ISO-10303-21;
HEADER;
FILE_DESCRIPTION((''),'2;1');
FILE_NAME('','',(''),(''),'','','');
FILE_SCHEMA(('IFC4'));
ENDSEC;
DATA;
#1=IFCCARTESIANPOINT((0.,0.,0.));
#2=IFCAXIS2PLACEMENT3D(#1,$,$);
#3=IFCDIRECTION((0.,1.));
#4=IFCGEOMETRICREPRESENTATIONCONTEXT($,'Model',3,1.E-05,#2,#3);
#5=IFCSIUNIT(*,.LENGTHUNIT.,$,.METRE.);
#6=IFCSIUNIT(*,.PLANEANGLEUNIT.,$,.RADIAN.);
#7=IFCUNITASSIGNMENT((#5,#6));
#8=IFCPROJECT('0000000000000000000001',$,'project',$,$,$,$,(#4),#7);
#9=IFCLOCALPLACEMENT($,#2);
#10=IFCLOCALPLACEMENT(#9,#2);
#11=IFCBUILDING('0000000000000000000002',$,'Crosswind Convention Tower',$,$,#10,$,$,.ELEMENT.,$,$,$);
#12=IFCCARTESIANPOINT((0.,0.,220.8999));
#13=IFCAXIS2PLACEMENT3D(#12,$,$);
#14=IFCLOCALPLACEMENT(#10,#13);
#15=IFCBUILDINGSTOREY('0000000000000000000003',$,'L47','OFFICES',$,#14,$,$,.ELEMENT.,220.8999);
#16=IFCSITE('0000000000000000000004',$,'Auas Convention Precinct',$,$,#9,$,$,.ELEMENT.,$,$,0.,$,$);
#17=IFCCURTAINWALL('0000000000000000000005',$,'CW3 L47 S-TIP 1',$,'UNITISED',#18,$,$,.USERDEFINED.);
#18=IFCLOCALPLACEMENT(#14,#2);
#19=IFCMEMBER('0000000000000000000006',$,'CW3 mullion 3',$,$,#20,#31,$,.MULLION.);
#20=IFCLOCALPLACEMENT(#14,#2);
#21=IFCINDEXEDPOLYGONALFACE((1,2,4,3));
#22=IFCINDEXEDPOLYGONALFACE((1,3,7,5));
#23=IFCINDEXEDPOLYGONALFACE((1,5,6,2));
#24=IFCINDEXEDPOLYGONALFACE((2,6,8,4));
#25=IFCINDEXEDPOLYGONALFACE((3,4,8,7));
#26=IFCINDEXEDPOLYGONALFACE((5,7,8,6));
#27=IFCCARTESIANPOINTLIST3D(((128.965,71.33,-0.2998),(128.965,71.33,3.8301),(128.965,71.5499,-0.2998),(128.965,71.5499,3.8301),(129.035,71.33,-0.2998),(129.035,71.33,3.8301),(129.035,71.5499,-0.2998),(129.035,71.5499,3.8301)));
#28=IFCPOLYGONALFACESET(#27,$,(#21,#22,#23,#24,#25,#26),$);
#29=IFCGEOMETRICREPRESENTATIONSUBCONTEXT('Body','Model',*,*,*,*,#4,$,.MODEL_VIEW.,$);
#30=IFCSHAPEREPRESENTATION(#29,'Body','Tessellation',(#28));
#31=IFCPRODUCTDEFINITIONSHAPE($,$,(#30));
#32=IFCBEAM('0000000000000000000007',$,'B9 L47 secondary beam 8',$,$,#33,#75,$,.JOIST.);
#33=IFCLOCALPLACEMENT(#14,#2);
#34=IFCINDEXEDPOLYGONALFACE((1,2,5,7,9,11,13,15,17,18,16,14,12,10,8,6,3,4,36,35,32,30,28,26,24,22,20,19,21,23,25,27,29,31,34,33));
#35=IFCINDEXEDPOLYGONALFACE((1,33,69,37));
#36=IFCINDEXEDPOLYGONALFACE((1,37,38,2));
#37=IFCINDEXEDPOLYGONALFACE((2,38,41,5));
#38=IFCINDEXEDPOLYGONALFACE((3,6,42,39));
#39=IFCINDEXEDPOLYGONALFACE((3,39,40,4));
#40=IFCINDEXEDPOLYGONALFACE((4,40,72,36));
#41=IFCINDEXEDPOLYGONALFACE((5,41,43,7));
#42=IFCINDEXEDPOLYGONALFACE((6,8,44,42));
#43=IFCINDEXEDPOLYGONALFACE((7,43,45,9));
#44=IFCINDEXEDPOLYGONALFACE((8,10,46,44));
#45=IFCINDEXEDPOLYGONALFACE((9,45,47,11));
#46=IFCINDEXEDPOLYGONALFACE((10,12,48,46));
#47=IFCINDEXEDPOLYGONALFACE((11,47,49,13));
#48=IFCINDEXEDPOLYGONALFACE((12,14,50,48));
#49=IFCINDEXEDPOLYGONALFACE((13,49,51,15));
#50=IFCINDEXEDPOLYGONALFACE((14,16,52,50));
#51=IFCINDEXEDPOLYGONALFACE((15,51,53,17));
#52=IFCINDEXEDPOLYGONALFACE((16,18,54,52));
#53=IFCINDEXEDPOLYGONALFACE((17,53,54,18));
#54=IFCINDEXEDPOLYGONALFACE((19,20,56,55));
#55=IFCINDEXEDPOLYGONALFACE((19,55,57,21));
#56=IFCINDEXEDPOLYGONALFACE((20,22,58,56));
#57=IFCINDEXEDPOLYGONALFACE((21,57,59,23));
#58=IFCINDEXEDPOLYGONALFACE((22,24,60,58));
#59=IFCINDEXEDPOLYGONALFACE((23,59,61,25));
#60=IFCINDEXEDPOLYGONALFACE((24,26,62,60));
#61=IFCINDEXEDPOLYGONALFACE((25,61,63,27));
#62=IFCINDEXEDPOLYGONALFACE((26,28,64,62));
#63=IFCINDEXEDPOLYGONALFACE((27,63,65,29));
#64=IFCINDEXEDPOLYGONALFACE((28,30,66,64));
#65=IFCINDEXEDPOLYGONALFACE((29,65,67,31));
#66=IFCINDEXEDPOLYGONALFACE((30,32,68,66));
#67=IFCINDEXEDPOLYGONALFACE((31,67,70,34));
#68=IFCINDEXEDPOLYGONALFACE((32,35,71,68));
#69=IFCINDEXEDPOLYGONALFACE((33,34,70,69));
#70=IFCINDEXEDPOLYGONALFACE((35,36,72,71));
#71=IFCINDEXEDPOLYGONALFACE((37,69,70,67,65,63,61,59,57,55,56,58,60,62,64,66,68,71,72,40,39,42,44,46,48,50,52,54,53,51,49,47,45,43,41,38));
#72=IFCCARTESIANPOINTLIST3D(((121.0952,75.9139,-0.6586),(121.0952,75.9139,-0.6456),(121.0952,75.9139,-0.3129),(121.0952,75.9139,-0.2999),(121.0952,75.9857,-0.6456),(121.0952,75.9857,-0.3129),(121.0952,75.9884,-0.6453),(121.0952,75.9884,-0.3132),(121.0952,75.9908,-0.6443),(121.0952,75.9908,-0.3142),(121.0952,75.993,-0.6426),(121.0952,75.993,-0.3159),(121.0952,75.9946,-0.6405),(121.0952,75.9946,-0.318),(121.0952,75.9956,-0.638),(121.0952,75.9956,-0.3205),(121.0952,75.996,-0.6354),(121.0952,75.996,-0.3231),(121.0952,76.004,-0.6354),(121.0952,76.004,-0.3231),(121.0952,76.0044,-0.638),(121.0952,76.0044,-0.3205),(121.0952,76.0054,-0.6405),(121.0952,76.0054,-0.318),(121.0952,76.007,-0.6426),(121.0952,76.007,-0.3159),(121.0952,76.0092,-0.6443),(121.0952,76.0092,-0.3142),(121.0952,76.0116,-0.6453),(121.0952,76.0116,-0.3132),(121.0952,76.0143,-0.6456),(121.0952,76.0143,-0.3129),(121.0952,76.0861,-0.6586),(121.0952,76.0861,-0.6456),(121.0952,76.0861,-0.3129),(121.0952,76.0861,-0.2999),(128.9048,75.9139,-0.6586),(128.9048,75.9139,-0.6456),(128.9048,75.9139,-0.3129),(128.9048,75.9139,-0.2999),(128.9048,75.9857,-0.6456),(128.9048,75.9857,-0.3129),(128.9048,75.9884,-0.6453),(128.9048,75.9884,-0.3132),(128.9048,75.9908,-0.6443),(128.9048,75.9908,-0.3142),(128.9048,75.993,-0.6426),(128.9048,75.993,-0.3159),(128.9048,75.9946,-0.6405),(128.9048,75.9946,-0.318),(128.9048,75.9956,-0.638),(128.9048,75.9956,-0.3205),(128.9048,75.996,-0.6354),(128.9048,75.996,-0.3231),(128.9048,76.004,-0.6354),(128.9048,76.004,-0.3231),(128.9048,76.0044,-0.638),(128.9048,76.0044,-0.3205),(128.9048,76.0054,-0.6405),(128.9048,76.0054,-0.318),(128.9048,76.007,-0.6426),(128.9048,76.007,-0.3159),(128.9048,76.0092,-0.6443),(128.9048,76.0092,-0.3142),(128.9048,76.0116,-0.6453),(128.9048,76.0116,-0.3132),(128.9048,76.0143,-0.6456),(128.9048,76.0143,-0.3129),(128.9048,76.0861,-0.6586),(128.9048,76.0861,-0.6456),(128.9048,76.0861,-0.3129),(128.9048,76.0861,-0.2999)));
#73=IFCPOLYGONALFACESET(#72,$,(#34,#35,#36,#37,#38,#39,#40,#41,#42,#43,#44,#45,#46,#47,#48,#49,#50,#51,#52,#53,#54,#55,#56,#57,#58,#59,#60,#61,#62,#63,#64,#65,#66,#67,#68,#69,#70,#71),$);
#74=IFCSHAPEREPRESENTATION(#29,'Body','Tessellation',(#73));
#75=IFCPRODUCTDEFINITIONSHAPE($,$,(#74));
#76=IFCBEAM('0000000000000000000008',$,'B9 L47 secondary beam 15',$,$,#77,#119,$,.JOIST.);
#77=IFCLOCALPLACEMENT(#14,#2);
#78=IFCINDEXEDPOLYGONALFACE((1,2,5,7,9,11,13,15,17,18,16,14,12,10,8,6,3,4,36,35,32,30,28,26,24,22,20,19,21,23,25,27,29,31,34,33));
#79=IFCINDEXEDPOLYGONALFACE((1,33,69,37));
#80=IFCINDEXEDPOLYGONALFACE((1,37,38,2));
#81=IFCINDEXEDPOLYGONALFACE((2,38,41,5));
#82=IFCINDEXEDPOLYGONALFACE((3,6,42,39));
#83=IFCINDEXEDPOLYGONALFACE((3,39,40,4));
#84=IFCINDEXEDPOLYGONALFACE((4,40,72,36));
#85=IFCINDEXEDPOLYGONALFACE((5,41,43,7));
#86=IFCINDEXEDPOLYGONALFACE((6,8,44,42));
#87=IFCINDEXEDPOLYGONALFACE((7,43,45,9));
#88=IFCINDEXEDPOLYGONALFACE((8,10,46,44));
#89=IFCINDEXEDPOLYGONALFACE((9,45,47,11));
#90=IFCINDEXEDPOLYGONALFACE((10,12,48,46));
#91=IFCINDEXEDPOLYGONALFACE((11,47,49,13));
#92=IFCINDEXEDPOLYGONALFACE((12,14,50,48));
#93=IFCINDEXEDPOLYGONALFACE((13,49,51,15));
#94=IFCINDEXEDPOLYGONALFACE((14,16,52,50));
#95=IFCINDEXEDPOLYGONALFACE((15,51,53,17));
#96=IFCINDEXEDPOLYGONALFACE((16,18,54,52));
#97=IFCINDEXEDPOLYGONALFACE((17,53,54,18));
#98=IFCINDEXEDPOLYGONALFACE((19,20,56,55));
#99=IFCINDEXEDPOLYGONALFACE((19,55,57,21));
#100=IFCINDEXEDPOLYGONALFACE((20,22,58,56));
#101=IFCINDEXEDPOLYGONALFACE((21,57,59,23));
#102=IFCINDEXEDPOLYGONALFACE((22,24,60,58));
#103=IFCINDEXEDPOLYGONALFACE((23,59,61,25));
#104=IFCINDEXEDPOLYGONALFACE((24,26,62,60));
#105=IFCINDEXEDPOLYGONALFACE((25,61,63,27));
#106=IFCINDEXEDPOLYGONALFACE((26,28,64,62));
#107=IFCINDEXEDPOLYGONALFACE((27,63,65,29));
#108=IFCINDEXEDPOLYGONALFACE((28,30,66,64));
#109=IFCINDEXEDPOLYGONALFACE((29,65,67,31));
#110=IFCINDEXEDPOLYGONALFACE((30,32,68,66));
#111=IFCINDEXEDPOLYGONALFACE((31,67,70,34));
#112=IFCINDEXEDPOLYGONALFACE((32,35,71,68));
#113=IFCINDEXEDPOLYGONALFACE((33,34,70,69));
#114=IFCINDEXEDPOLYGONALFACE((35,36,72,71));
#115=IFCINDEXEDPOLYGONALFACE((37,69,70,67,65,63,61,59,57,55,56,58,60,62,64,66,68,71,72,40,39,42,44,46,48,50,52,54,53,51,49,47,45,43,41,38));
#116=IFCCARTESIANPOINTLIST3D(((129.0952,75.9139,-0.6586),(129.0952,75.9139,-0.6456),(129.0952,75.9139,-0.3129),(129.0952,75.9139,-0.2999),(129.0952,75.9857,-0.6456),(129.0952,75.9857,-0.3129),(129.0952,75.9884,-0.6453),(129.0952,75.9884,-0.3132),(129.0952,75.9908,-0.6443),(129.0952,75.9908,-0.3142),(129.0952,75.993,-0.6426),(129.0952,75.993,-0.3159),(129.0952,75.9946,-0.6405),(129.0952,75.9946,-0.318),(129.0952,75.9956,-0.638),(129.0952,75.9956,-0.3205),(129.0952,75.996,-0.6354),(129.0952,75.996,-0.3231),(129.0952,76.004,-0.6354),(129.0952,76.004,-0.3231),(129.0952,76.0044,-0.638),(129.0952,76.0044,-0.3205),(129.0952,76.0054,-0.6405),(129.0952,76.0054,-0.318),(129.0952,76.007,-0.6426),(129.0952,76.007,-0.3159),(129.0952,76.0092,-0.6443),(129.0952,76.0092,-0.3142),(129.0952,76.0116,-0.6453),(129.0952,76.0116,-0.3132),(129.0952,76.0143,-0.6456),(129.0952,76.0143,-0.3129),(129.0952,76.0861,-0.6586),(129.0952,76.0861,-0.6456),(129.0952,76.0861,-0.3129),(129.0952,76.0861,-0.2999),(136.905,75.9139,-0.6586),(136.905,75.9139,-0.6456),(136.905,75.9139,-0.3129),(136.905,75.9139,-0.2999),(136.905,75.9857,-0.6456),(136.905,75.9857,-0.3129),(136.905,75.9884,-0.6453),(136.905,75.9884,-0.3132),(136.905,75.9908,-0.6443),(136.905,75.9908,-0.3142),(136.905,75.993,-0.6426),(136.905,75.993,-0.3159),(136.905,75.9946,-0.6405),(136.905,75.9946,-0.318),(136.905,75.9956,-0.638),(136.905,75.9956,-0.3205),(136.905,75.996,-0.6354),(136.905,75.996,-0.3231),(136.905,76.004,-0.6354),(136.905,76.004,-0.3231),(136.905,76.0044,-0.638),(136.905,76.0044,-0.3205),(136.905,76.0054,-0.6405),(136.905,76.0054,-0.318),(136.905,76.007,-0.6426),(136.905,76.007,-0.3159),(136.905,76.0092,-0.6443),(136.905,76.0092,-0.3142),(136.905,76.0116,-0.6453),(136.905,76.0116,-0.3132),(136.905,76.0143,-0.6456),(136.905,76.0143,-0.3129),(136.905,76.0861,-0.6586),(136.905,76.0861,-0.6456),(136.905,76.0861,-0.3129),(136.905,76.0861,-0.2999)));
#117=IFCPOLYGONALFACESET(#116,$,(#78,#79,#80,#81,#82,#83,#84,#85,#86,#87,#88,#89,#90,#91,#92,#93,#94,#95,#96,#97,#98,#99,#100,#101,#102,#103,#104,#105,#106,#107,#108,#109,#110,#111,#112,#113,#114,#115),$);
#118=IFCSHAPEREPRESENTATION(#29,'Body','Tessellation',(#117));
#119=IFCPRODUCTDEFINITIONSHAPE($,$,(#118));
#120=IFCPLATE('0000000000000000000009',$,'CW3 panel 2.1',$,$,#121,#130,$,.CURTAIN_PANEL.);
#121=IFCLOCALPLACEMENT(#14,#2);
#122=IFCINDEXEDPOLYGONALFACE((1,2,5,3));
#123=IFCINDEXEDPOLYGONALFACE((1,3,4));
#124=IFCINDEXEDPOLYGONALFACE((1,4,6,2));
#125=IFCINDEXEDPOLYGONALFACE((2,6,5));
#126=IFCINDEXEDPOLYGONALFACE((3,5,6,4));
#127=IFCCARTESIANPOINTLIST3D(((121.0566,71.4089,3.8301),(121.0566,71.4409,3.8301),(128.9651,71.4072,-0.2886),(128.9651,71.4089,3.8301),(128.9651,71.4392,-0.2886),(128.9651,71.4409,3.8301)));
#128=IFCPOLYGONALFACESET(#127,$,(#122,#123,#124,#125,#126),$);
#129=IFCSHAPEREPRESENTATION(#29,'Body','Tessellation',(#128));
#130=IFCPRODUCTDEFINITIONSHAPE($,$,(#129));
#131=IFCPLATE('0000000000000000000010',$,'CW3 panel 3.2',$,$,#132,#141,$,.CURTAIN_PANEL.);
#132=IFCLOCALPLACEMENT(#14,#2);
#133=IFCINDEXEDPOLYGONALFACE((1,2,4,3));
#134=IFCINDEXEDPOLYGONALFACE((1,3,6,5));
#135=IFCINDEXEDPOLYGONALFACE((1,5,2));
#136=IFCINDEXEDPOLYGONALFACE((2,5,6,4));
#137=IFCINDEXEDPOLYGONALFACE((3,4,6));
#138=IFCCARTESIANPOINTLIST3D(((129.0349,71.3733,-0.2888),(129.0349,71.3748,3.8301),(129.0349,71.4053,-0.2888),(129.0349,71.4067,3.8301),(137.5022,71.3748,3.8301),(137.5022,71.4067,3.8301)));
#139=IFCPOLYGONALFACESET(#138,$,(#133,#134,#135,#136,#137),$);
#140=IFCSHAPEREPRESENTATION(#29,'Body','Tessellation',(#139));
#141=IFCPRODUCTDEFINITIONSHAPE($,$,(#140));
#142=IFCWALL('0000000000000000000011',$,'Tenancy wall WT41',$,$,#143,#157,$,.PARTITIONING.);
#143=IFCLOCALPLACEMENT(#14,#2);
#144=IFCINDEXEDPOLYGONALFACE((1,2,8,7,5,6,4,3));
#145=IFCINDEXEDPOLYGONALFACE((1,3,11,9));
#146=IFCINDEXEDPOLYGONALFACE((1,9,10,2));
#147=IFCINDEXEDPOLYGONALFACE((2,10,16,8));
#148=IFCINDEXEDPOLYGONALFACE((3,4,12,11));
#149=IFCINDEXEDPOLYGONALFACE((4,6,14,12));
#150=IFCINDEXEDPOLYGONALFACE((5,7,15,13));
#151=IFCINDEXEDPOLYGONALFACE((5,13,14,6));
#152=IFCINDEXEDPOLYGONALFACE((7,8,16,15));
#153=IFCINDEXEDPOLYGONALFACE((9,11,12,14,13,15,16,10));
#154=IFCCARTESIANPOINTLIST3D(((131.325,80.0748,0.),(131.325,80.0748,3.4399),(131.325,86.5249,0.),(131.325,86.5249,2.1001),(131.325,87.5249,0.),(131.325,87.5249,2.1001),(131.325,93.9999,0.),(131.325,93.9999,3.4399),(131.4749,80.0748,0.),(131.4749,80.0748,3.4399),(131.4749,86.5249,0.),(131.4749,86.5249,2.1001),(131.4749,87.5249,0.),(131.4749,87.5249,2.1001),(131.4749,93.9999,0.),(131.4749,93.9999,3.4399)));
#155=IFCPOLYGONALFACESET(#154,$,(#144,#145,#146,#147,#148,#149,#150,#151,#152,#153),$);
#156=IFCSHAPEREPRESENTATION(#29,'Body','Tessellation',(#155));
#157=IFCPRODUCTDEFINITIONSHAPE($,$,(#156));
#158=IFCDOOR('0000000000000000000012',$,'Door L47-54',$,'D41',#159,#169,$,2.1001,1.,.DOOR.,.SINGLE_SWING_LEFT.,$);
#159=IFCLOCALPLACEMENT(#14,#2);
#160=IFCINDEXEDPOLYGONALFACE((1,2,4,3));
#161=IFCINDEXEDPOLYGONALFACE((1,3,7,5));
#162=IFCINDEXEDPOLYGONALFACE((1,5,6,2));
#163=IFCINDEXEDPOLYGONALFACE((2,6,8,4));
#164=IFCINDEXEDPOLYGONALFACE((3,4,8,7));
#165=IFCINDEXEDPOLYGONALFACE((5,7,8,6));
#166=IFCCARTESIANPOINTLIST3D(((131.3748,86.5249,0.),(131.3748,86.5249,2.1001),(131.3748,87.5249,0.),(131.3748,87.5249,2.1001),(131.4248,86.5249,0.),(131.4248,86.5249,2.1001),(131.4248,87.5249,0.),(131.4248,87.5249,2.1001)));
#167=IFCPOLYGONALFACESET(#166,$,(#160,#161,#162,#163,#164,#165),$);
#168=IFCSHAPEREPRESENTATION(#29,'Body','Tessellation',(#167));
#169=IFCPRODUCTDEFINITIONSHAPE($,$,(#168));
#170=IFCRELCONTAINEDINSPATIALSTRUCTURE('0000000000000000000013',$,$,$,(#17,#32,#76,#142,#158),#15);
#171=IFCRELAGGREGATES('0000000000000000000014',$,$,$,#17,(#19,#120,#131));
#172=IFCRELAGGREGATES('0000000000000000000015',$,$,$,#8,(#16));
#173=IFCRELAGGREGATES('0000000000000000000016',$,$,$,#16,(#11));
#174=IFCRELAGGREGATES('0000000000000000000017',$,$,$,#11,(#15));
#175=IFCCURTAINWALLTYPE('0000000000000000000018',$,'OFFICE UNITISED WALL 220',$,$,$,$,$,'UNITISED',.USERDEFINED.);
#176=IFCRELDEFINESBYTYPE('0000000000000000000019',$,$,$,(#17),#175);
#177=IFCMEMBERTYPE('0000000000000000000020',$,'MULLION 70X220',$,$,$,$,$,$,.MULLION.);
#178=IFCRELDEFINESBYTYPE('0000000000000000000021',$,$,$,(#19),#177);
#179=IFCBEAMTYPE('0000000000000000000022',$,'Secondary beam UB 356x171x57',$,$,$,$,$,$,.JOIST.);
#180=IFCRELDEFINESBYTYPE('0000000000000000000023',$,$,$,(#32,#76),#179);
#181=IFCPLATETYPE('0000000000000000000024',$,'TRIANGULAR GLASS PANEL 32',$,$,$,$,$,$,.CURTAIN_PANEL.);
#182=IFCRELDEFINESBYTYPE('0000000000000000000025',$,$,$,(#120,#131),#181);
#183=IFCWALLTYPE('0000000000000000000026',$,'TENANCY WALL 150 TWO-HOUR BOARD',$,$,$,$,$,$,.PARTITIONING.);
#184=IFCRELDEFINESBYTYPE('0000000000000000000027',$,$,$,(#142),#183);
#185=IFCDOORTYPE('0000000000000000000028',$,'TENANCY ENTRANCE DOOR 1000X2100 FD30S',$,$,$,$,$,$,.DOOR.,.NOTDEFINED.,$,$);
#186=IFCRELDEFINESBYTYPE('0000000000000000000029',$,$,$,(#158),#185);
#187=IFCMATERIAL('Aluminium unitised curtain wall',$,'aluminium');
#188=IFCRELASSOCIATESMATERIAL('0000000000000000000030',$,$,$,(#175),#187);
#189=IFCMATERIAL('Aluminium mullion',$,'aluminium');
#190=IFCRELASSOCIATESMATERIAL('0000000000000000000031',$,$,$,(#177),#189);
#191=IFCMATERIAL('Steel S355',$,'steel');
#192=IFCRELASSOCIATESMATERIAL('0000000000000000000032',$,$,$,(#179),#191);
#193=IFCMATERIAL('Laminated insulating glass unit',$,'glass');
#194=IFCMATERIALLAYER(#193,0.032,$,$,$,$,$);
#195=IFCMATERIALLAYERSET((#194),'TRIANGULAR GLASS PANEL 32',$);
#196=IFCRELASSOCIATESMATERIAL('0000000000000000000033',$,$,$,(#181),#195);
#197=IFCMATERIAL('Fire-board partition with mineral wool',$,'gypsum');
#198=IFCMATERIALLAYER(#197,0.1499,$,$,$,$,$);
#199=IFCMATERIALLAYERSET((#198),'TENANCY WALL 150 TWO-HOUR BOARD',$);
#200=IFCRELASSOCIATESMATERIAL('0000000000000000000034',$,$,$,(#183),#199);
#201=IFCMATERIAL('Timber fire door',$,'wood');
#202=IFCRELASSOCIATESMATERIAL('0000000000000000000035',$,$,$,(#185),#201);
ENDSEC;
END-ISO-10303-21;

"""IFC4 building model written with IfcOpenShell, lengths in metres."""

from ifc_helpers import new_model, si_unit, direction, frame, frame_2d, origin, origin_2d, place, context, subcontext, project, spatial, polyline, rectangle, i_section, outline, extrude, material, layer, layer_set, material_profile, profile_set, type_object, element, fill, aggregate, save


model = new_model("IFC4")

# Units and contexts
model_context = context("Model", 3, precision=1e-05, world=origin(), true_north=direction((0.0, 1.0)))
body_context = subcontext(model_context, "Body", "Model", "MODEL_VIEW")
ifc_project = project(units=[si_unit("LENGTHUNIT", "METRE"), si_unit("PLANEANGLEUNIT", "RADIAN")], contexts=[model_context])

# Site, building, storey
site_placement = place(None, origin())
site = spatial("IfcSite", under=ifc_project, at=site_placement, Name="Auas Convention Precinct", CompositionType="ELEMENT", RefElevation=0.0)
building_placement = place(site_placement, origin())
building = spatial("IfcBuilding", under=site, at=building_placement, Name="Crosswind Convention Tower", CompositionType="ELEMENT")
storey_placement = place(building_placement, frame((0.0, 0.0, 220.8999)))
storey = spatial("IfcBuildingStorey", under=building, at=storey_placement, Name="L47", Description="OFFICES", CompositionType="ELEMENT", Elevation=220.8999)

# Shared definitions
ifc_material_1 = material(Name="Steel S355", Category="steel")

# Curtain wall, member
ifc_material_2 = material(Name="Aluminium unitised curtain wall", Category="aluminium")
curtain_wall_type = type_object("IfcCurtainWallType", Name="OFFICE UNITISED WALL 220", ElementType="UNITISED", PredefinedType="USERDEFINED", material=ifc_material_2)
curtain_wall_placement = place(storey_placement, origin())
curtain_wall = element("IfcCurtainWall", 1, at=curtain_wall_placement, inside=storey, type_object=curtain_wall_type, Name="CW3 L47 S-TIP 1", ObjectType="UNITISED", PredefinedType="USERDEFINED")
ifc_material_3 = material(Name="Aluminium mullion", Category="aluminium")
ifc_material_profile_1 = material_profile(ifc_material_3, rectangle(XDim=0.22, YDim=0.0701, at=origin_2d()), Name="AL 220X70")
ifc_profile_set_1 = profile_set([ifc_material_profile_1], Name="Aluminium mullion")
member_type = type_object("IfcMemberType", Name="MULLION 70X220", PredefinedType="MULLION", material=ifc_profile_set_1)
member_placement = place(storey_placement, frame((129.0, 71.4399, -0.2998), z_axis=(0.0, 0.0, 1.0), x_axis=(0.0, -1.0, 0.0)))
member = element("IfcMember", 2, at=member_placement, type_object=member_type, Name="CW3 mullion 3", PredefinedType="MULLION", context=body_context, shape_type="SweptSolid", body=[
    extrude(rectangle(XDim=0.22, YDim=0.0701, at=origin_2d()), origin(), (0.0, 0.0, 1.0), 4.1299),
])

# Beams
ifc_material_profile_2 = material_profile(ifc_material_1, i_section(OverallWidth=0.1721, OverallDepth=0.3586, WebThickness=0.0081, FlangeThickness=0.0129, FilletRadius=0.0103, at=origin_2d()), Name="UB 356x171x57")
ifc_profile_set_2 = profile_set([ifc_material_profile_2], Name="Steel S355")
beam_type_1 = type_object("IfcBeamType", Name="Secondary beam UB 356x171x57", PredefinedType="JOIST", material=ifc_profile_set_2)
beam_1_placement = place(storey_placement, frame((121.0952, 76.0, -0.4792), z_axis=(1.0, 0.0, 0.0), x_axis=(0.0, 1.0, 0.0)))
element("IfcBeam", 3, at=beam_1_placement, inside=storey, type_object=beam_type_1, Name="B9 L47 secondary beam 8", PredefinedType="JOIST", context=body_context, shape_type="SweptSolid", body=[
    extrude(i_section(OverallWidth=0.1721, OverallDepth=0.3586, WebThickness=0.0081, FlangeThickness=0.0129, FilletRadius=0.0103, at=origin_2d()), origin(), (0.0, 0.0, 1.0), 7.8096),
])
beam_2_placement = place(storey_placement, frame((129.0952, 76.0, -0.4792), z_axis=(1.0, 0.0, 0.0), x_axis=(0.0, 1.0, 0.0)))
element("IfcBeam", 4, at=beam_2_placement, inside=storey, type_object=beam_type_1, Name="B9 L47 secondary beam 15", PredefinedType="JOIST", context=body_context, shape_type="SweptSolid", body=[
    extrude(i_section(OverallWidth=0.1721, OverallDepth=0.3586, WebThickness=0.0081, FlangeThickness=0.0129, FilletRadius=0.0103, at=origin_2d()), origin(), (0.0, 0.0, 1.0), 7.8098),
])

# Plates
ifc_material_4 = material(Name="Laminated insulating glass unit", Category="glass")
ifc_layer_1 = layer(ifc_material_4, 0.032)
ifc_layer_set_1 = layer_set([ifc_layer_1], Name="TRIANGULAR GLASS PANEL 32")
plate_type = type_object("IfcPlateType", Name="TRIANGULAR GLASS PANEL 32", PredefinedType="CURTAIN_PANEL", material=ifc_layer_set_1)
plate_1_placement = place(storey_placement, frame((128.9651, 71.4089, 3.8301), z_axis=(0.0, -1.0, 0.000415), x_axis=(-1.0, 0.0, 0.0)))
plate_1 = element("IfcPlate", 5, at=plate_1_placement, type_object=plate_type, Name="CW3 panel 2.1", PredefinedType="CURTAIN_PANEL", context=body_context, shape_type="SweptSolid", body=[
    extrude(outline(polyline([(0.0, 0.0), (7.9084, 0.0), (0.0, 4.1187), (0.0, 0.0)])), origin(), (0.0, 0.0, -1.0), 0.032),
])
plate_2_placement = place(storey_placement, frame((129.0349, 71.3748, 3.8301), z_axis=(0.0, -1.0, 0.000356), x_axis=(0.0, -0.000356, -1.0)))
plate_2 = element("IfcPlate", 6, at=plate_2_placement, type_object=plate_type, Name="CW3 panel 3.2", PredefinedType="CURTAIN_PANEL", context=body_context, shape_type="SweptSolid", body=[
    extrude(outline(polyline([(0.0, 0.0), (4.1189, 0.0), (0.0, 8.4673), (0.0, 0.0)])), origin(), (0.0, 0.0, -1.0), 0.032),
])
aggregate(curtain_wall, [member, plate_1, plate_2])

# Wall, opening, door
ifc_material_5 = material(Name="Fire-board partition with mineral wool", Category="gypsum")
ifc_layer_2 = layer(ifc_material_5, 0.1499)
ifc_layer_set_2 = layer_set([ifc_layer_2], Name="TENANCY WALL 150 TWO-HOUR BOARD")
wall_type = type_object("IfcWallType", Name="TENANCY WALL 150 TWO-HOUR BOARD", PredefinedType="PARTITIONING", material=ifc_layer_set_2)
wall_placement = place(storey_placement, frame((131.3999, 80.075, 0.0), z_axis=(0.0, 0.0, 1.0), x_axis=(0.0, 1.0, 0.0)))
wall = element("IfcWall", 7, at=wall_placement, inside=storey, type_object=wall_type, Name="Tenancy wall WT41", PredefinedType="PARTITIONING", context=body_context, shape_type="SweptSolid", body=[
    extrude(rectangle(XDim=13.925, YDim=0.1499, at=frame_2d((6.9624, 0.0))), origin(), (0.0, 0.0, 1.0), 3.4399),
])
opening_placement = place(wall_placement, frame((6.45, 0.0, 0.0)))
opening = element("IfcOpeningElement", 8, at=opening_placement, cuts=wall, PredefinedType="OPENING", context=body_context, shape_type="SweptSolid", body=[
    extrude(rectangle(XDim=1.0, YDim=2.1001, at=frame_2d((0.5, 1.05))), frame((0.0, 0.085, 0.0), z_axis=(0.0, -1.0, 0.0), x_axis=(1.0, 0.0, 0.0)), (0.0, 0.0, 1.0), 0.1699),
])
ifc_material_6 = material(Name="Timber fire door", Category="wood")
door_type = type_object("IfcDoorType", Name="TENANCY ENTRANCE DOOR 1000X2100 FD30S", OperationType="NOTDEFINED", PredefinedType="DOOR", material=ifc_material_6)
door_placement = place(opening_placement, frame((1.0, 0.0, 0.0), z_axis=(0.0, 0.0, 1.0), x_axis=(-1.0, 0.0, 0.0)))
door = element("IfcDoor", 9, at=door_placement, inside=storey, type_object=door_type, Name="Door L47-54", ObjectType="D41", OperationType="SINGLE_SWING_LEFT", OverallHeight=2.1001, OverallWidth=1.0, PredefinedType="DOOR", context=body_context, shape_type="SweptSolid", body=[
    extrude(rectangle(XDim=1.0, YDim=2.1001, at=frame_2d((0.5, 1.05))), frame((0.0, 0.0249, 0.0), z_axis=(0.0, -1.0, 0.0), x_axis=(1.0, 0.0, 0.0)), (0.0, 0.0, 1.0), 0.05),
])
fill(opening, door)

save(model, "model.ifc")
